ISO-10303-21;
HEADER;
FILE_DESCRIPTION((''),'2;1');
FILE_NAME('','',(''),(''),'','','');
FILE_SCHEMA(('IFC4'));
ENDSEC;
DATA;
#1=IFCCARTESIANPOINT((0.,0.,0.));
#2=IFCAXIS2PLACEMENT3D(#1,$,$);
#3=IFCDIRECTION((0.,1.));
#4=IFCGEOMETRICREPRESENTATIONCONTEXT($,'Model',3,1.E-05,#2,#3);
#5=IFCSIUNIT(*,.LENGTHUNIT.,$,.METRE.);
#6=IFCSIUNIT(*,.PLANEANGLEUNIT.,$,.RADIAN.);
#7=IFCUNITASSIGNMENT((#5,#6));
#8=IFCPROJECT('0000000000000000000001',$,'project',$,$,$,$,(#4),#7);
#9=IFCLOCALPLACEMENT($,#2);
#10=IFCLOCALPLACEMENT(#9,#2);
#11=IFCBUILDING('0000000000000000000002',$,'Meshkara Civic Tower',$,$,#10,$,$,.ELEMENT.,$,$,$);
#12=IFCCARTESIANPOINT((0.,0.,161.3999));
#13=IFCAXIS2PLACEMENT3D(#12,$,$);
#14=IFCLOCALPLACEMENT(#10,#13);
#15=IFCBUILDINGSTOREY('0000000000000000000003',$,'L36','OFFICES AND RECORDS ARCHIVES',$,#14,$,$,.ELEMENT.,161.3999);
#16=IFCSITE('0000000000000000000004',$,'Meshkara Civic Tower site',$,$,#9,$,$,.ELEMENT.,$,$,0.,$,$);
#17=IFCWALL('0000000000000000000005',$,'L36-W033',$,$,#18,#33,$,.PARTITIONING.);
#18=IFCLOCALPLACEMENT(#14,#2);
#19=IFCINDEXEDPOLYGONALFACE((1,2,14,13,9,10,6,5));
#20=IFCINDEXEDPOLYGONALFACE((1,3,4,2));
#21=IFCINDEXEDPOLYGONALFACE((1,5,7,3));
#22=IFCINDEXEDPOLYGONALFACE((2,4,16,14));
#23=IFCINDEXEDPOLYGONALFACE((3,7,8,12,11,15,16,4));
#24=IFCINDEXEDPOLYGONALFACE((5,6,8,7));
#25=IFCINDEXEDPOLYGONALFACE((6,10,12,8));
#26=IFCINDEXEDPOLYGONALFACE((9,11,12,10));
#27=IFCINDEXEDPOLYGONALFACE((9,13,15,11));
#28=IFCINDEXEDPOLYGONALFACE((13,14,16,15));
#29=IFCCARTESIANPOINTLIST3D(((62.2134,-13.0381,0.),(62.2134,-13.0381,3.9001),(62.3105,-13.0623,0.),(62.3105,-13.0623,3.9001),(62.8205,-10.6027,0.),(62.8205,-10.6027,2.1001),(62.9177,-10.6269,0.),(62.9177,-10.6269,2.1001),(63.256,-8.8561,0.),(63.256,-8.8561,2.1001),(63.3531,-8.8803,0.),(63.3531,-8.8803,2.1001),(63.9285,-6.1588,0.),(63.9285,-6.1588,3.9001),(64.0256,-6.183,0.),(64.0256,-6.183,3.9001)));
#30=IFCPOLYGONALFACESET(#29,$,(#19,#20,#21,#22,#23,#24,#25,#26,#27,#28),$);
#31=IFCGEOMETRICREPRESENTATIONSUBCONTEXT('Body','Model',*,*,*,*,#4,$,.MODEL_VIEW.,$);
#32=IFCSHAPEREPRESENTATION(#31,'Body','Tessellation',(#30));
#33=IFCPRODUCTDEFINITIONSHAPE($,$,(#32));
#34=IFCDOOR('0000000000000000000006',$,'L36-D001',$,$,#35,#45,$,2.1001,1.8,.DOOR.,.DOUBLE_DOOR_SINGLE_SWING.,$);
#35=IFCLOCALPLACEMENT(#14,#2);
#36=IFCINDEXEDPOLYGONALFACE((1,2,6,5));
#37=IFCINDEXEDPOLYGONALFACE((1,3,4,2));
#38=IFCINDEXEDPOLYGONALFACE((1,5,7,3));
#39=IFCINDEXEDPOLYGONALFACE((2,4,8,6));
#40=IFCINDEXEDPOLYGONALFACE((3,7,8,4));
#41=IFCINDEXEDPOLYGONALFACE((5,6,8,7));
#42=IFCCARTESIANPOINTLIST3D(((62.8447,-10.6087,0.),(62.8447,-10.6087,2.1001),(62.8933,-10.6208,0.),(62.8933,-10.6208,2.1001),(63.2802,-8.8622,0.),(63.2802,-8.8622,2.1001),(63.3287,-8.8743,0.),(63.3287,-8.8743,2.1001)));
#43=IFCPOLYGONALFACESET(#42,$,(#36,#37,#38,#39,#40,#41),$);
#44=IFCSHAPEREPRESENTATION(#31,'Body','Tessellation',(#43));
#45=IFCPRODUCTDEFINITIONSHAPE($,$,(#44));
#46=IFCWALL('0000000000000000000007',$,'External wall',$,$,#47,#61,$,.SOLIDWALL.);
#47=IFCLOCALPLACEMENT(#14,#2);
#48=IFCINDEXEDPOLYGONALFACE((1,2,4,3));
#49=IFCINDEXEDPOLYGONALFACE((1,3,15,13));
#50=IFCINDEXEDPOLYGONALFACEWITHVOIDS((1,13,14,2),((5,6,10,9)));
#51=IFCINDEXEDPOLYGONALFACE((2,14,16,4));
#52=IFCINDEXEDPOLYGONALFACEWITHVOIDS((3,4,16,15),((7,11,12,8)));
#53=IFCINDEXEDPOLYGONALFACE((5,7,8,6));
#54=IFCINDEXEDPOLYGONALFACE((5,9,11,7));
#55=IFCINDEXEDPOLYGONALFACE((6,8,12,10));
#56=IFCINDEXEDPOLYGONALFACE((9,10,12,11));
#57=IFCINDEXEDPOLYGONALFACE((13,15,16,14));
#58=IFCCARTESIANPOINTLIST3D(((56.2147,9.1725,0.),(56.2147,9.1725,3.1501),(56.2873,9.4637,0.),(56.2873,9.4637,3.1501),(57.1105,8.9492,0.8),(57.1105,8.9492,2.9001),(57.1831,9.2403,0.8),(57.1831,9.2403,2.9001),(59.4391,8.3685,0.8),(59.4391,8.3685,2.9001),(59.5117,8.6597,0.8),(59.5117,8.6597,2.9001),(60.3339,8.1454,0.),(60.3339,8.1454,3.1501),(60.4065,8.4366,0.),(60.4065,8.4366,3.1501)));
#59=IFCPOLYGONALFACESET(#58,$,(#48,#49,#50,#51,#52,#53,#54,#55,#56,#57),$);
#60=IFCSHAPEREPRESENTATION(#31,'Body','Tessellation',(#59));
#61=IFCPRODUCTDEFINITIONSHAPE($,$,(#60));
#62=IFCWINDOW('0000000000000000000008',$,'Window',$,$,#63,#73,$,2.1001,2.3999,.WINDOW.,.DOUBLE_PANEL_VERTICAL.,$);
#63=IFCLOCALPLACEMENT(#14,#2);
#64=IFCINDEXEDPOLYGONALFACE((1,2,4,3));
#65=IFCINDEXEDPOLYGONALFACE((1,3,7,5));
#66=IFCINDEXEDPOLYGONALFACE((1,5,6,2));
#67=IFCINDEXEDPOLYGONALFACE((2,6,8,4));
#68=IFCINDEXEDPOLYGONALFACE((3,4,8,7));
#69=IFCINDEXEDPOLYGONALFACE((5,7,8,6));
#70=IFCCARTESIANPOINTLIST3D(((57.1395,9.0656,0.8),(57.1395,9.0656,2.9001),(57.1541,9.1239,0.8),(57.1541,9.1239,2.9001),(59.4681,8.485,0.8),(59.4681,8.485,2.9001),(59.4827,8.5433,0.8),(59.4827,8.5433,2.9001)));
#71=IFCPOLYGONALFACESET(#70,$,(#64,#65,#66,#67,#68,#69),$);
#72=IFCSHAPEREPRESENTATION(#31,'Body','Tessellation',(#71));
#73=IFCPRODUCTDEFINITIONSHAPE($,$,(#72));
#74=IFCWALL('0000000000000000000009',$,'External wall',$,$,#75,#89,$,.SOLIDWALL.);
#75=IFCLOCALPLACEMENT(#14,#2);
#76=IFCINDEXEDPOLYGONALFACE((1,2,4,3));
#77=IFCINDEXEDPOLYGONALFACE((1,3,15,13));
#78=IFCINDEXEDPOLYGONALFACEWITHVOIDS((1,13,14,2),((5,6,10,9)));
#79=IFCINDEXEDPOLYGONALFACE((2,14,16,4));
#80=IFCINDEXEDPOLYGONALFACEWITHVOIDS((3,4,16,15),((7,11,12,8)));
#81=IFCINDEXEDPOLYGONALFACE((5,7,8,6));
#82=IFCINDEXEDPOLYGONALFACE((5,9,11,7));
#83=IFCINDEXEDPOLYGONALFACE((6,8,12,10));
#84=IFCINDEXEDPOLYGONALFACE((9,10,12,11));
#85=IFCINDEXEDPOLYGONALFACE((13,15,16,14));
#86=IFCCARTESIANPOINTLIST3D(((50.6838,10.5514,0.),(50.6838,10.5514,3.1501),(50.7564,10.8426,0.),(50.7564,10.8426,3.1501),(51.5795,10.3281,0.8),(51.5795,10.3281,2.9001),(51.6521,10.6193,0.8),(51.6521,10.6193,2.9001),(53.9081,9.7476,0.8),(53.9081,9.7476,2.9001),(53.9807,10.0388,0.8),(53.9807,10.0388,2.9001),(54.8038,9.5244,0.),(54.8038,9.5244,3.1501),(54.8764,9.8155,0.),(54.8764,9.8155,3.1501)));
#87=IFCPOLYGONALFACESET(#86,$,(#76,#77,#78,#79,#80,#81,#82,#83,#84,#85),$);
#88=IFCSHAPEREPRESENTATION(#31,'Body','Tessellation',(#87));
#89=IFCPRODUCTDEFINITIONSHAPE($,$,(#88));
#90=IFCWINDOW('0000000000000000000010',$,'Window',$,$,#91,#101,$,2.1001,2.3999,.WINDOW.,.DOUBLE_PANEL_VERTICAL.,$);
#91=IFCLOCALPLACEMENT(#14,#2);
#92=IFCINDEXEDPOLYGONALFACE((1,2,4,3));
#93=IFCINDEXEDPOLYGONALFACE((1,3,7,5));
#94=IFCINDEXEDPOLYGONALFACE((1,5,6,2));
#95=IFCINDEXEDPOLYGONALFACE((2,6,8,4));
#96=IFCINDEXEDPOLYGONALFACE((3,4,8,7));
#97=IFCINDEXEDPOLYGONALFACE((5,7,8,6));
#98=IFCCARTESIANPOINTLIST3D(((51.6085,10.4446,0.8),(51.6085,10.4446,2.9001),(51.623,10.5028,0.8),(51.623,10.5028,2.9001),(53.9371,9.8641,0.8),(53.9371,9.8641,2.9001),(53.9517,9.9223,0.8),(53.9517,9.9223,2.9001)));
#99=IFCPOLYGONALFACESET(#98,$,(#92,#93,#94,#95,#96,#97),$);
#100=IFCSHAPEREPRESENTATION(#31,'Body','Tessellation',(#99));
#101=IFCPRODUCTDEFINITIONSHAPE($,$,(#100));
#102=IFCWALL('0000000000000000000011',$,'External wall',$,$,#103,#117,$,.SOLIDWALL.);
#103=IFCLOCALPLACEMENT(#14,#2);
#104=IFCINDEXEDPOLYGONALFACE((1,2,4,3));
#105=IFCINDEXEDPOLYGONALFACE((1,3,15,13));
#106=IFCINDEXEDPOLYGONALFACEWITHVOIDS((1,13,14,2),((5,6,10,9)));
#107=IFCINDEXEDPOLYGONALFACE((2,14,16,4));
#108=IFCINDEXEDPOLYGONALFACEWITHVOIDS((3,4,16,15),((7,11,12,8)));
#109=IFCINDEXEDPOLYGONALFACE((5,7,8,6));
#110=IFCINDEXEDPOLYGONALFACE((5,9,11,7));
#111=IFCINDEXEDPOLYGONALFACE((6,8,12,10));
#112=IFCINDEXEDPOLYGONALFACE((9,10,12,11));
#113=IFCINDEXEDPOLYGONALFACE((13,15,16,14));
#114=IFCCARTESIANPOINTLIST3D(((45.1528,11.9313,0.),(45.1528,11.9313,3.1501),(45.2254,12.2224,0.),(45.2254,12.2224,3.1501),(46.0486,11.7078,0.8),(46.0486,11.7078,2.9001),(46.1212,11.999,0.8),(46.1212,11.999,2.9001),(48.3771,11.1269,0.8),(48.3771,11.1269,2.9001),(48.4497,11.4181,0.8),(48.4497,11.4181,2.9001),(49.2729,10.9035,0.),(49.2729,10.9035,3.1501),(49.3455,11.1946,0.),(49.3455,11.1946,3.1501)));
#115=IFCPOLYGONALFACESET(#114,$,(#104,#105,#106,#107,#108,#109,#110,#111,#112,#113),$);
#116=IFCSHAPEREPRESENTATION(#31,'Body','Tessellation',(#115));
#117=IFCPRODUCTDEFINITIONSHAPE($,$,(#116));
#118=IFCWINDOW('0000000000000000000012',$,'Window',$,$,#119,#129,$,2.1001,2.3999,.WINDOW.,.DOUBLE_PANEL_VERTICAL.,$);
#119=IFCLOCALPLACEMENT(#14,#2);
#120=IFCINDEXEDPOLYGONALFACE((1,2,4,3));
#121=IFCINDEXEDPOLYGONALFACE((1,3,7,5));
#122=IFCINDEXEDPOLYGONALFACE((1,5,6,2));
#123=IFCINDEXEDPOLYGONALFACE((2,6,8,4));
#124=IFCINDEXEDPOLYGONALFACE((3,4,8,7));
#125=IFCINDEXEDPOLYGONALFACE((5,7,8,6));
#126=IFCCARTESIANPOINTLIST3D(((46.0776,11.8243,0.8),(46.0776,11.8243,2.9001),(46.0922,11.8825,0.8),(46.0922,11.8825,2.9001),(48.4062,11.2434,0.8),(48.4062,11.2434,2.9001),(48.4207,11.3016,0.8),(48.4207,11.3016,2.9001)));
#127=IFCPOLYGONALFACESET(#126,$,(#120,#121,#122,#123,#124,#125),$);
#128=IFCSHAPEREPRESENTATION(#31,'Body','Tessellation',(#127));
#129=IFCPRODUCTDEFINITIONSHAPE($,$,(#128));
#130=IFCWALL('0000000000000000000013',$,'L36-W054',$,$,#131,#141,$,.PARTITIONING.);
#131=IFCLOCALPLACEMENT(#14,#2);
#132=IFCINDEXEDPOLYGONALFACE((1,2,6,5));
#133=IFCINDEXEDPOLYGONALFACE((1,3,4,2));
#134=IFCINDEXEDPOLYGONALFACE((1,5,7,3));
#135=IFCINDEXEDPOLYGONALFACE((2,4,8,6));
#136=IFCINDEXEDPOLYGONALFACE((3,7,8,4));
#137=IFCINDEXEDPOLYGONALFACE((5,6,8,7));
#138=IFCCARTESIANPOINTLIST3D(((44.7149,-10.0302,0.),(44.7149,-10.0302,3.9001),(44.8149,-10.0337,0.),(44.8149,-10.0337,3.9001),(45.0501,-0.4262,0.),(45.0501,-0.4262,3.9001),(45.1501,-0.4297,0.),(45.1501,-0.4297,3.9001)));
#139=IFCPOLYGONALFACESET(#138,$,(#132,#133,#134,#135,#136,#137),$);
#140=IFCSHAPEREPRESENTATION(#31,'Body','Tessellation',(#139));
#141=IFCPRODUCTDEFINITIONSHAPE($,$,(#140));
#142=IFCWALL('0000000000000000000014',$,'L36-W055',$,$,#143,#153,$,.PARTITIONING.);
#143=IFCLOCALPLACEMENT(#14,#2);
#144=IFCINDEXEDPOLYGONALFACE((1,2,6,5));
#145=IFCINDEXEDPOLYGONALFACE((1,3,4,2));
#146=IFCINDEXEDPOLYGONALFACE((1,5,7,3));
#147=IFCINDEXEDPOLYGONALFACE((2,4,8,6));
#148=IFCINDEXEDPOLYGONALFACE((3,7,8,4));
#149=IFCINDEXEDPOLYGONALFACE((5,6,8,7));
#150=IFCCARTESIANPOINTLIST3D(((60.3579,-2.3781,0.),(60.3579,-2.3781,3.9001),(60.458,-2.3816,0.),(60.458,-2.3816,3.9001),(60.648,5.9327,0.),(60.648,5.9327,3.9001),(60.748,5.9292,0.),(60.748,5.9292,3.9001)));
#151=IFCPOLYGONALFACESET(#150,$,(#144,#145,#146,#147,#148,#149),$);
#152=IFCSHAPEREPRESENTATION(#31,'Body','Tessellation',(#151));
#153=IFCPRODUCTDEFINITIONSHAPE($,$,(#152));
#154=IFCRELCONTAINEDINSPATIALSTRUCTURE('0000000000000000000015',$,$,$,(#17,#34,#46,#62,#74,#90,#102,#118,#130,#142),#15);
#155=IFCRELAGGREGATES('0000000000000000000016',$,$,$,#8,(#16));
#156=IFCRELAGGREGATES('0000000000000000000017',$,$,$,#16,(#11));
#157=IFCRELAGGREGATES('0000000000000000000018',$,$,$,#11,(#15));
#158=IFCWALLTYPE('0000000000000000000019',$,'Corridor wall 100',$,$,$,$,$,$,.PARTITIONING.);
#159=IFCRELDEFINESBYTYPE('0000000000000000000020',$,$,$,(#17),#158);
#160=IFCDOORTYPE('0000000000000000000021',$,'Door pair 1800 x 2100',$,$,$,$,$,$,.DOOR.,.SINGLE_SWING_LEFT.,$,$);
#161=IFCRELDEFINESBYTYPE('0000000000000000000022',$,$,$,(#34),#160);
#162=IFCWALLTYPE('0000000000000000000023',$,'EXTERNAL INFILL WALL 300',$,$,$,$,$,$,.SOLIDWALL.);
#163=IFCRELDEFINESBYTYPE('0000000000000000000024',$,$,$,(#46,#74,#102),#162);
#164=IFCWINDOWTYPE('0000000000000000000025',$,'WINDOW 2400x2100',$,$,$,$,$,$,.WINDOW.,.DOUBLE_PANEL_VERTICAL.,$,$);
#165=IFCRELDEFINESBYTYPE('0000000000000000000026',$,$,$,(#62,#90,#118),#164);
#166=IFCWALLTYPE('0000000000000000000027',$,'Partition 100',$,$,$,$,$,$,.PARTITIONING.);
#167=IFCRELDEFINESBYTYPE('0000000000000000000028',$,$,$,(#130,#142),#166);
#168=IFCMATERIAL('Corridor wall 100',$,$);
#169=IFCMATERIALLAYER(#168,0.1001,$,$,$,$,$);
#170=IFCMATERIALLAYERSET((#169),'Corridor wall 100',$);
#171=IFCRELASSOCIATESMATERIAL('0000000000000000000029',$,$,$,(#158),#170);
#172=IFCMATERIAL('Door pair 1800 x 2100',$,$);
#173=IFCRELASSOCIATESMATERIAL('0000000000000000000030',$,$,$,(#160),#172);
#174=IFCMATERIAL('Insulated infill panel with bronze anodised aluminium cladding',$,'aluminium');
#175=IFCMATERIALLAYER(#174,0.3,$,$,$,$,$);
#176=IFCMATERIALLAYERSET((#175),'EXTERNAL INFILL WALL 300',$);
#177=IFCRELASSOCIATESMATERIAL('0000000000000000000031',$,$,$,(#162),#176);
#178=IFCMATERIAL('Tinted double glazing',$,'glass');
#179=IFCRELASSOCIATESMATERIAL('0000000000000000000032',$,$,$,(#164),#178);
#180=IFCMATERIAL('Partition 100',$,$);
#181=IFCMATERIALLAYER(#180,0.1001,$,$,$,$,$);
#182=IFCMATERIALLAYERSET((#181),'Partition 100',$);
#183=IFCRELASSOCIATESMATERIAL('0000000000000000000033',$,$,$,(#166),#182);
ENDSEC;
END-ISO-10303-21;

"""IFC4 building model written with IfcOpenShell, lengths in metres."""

from ifc_helpers import new_model, si_unit, direction, frame, frame_2d, origin, place, context, subcontext, project, spatial, rectangle, extrude, material, layer, layer_set, type_object, element, fill, save


model = new_model("IFC4")

# Units and contexts
model_context = context("Model", 3, precision=1e-05, world=origin(), true_north=direction((0.0, 1.0)))
body_context = subcontext(model_context, "Body", "Model", "MODEL_VIEW")
ifc_project = project(units=[si_unit("LENGTHUNIT", "METRE"), si_unit("PLANEANGLEUNIT", "RADIAN")], contexts=[model_context])

# Site, building, storey
site_placement = place(None, origin())
site = spatial("IfcSite", under=ifc_project, at=site_placement, Name="Meshkara Civic Tower site", CompositionType="ELEMENT", RefElevation=0.0)
building_placement = place(site_placement, origin())
building = spatial("IfcBuilding", under=site, at=building_placement, Name="Meshkara Civic Tower", CompositionType="ELEMENT")
storey_placement = place(building_placement, frame((0.0, 0.0, 161.3999)))
storey = spatial("IfcBuildingStorey", under=building, at=storey_placement, Name="L36", Description="OFFICES AND RECORDS ARCHIVES", CompositionType="ELEMENT", Elevation=161.3999)

# Wall, opening, door
ifc_material_1 = material(Name="Corridor wall 100")
ifc_layer_1 = layer(ifc_material_1, 0.1001)
ifc_layer_set_1 = layer_set([ifc_layer_1], Name="Corridor wall 100")
wall_type_1 = type_object("IfcWallType", Name="Corridor wall 100", PredefinedType="PARTITIONING", material=ifc_layer_set_1)
wall_1_placement = place(storey_placement, frame((63.9771, -6.1709, 0.0), z_axis=(0.0, 0.0, 1.0), x_axis=(-0.241912, -0.970298, 0.0)))
wall_1 = element("IfcWall", 1, at=wall_1_placement, inside=storey, type_object=wall_type_1, Name="L36-W033", PredefinedType="PARTITIONING", context=body_context, shape_type="SweptSolid", body=[
    extrude(rectangle(XDim=7.0898, YDim=0.1001, at=frame_2d((3.5449, 0.0))), origin(), (0.0, 0.0, 1.0), 3.9001),
])
opening_1_placement = place(wall_1_placement, frame((2.78, 0.0, 0.0)))
opening_1 = element("IfcOpeningElement", 2, at=opening_1_placement, cuts=wall_1, PredefinedType="OPENING", context=body_context, shape_type="SweptSolid", body=[
    extrude(rectangle(XDim=1.8, YDim=2.1001, at=frame_2d((0.8999, 1.05))), frame((0.0, 0.0601, 0.0), z_axis=(0.0, -1.0, 0.0), x_axis=(1.0, 0.0, 0.0)), (0.0, 0.0, 1.0), 0.1201),
])
ifc_material_2 = material(Name="Door pair 1800 x 2100")
door_type_1 = type_object("IfcDoorType", Name="Door pair 1800 x 2100", OperationType="SINGLE_SWING_LEFT", PredefinedType="DOOR", material=ifc_material_2)
door_1_placement = place(opening_1_placement, origin())
door_1 = element("IfcDoor", 3, at=door_1_placement, inside=storey, type_object=door_type_1, Name="L36-D001", OperationType="DOUBLE_DOOR_SINGLE_SWING", OverallHeight=2.1001, OverallWidth=1.8, PredefinedType="DOOR", context=body_context, shape_type="SweptSolid", body=[
    extrude(rectangle(XDim=1.8, YDim=2.1001, at=frame_2d((0.8999, 1.05))), frame((0.0, 0.0249, 0.0), z_axis=(0.0, -1.0, 0.0), x_axis=(1.0, 0.0, 0.0)), (0.0, 0.0, 1.0), 0.05),
])
fill(opening_1, door_1)

# Walls, openings, windows
ifc_material_3 = material(Name="Insulated infill panel with bronze anodised aluminium cladding", Category="aluminium")
ifc_layer_2 = layer(ifc_material_3, 0.3)
ifc_layer_set_2 = layer_set([ifc_layer_2], Name="EXTERNAL INFILL WALL 300")
wall_type_2 = type_object("IfcWallType", Name="EXTERNAL INFILL WALL 300", PredefinedType="SOLIDWALL", material=ifc_layer_set_2)
wall_2_placement = place(storey_placement, frame((60.3701, 8.291, 0.0), z_axis=(0.0, 0.0, 1.0), x_axis=(-0.970291, 0.24194, 0.0)))
wall_2 = element("IfcWall", 4, at=wall_2_placement, inside=storey, type_object=wall_type_2, Name="External wall", PredefinedType="SOLIDWALL", context=body_context, shape_type="SweptSolid", body=[
    extrude(rectangle(XDim=4.2454, YDim=0.3, at=frame_2d((2.1226, 0.0))), origin(), (0.0, 0.0, 1.0), 3.1501),
])
opening_2_placement = place(wall_2_placement, frame((0.9221, 0.0, 0.8)))
opening_2 = element("IfcOpeningElement", 5, at=opening_2_placement, cuts=wall_2, PredefinedType="OPENING", context=body_context, shape_type="SweptSolid", body=[
    extrude(rectangle(XDim=2.3999, YDim=2.1001, at=frame_2d((1.2, 1.05))), frame((0.0, 0.1599, 0.0), z_axis=(0.0, -1.0, 0.0), x_axis=(1.0, 0.0, 0.0)), (0.0, 0.0, 1.0), 0.3201),
])
ifc_material_4 = material(Name="Tinted double glazing", Category="glass")
window_type = type_object("IfcWindowType", Name="WINDOW 2400x2100", PartitioningType="DOUBLE_PANEL_VERTICAL", PredefinedType="WINDOW", material=ifc_material_4)
window_1_placement = place(opening_2_placement, origin())
window_1 = element("IfcWindow", 6, at=window_1_placement, inside=storey, type_object=window_type, Name="Window", OverallHeight=2.1001, OverallWidth=2.3999, PartitioningType="DOUBLE_PANEL_VERTICAL", PredefinedType="WINDOW", context=body_context, shape_type="SweptSolid", body=[
    extrude(rectangle(XDim=2.3999, YDim=2.1001, at=frame_2d((1.2, 1.05))), frame((0.0, 0.03, 0.0), z_axis=(0.0, -1.0, 0.0), x_axis=(1.0, 0.0, 0.0)), (0.0, 0.0, 1.0), 0.0601),
])
fill(opening_2, window_1)
wall_3_placement = place(storey_placement, frame((54.8401, 9.6699, 0.0), z_axis=(0.0, 0.0, 1.0), x_axis=(-0.970305, 0.241886, 0.0)))
wall_3 = element("IfcWall", 7, at=wall_3_placement, inside=storey, type_object=wall_type_2, Name="External wall", PredefinedType="SOLIDWALL", context=body_context, shape_type="SweptSolid", body=[
    extrude(rectangle(XDim=4.2461, YDim=0.3, at=frame_2d((2.123, 0.0))), origin(), (0.0, 0.0, 1.0), 3.1501),
])
opening_3_placement = place(wall_3_placement, frame((0.9231, 0.0, 0.8)))
opening_3 = element("IfcOpeningElement", 8, at=opening_3_placement, cuts=wall_3, PredefinedType="OPENING", context=body_context, shape_type="SweptSolid", body=[
    extrude(rectangle(XDim=2.3999, YDim=2.1001, at=frame_2d((1.2, 1.05))), frame((0.0, 0.1599, 0.0), z_axis=(0.0, -1.0, 0.0), x_axis=(1.0, 0.0, 0.0)), (0.0, 0.0, 1.0), 0.3201),
])
window_2_placement = place(opening_3_placement, origin())
window_2 = element("IfcWindow", 9, at=window_2_placement, inside=storey, type_object=window_type, Name="Window", OverallHeight=2.1001, OverallWidth=2.3999, PartitioningType="DOUBLE_PANEL_VERTICAL", PredefinedType="WINDOW", context=body_context, shape_type="SweptSolid", body=[
    extrude(rectangle(XDim=2.3999, YDim=2.1001, at=frame_2d((1.2, 1.05))), frame((0.0, 0.03, 0.0), z_axis=(0.0, -1.0, 0.0), x_axis=(1.0, 0.0, 0.0)), (0.0, 0.0, 1.0), 0.0601),
])
fill(opening_3, window_2)
wall_4_placement = place(storey_placement, frame((49.3091, 11.0491, 0.0), z_axis=(0.0, 0.0, 1.0), x_axis=(-0.970264, 0.242049, 0.0)))
wall_4 = element("IfcWall", 10, at=wall_4_placement, inside=storey, type_object=wall_type_2, Name="External wall", PredefinedType="SOLIDWALL", context=body_context, shape_type="SweptSolid", body=[
    extrude(rectangle(XDim=4.2463, YDim=0.3, at=frame_2d((2.123, 0.0))), origin(), (0.0, 0.0, 1.0), 3.1501),
])
opening_4_placement = place(wall_4_placement, frame((0.9231, 0.0, 0.8)))
opening_4 = element("IfcOpeningElement", 11, at=opening_4_placement, cuts=wall_4, PredefinedType="OPENING", context=body_context, shape_type="SweptSolid", body=[
    extrude(rectangle(XDim=2.3999, YDim=2.1001, at=frame_2d((1.2, 1.05))), frame((0.0, 0.1599, 0.0), z_axis=(0.0, -1.0, 0.0), x_axis=(1.0, 0.0, 0.0)), (0.0, 0.0, 1.0), 0.3201),
])
window_3_placement = place(opening_4_placement, origin())
window_3 = element("IfcWindow", 12, at=window_3_placement, inside=storey, type_object=window_type, Name="Window", OverallHeight=2.1001, OverallWidth=2.3999, PartitioningType="DOUBLE_PANEL_VERTICAL", PredefinedType="WINDOW", context=body_context, shape_type="SweptSolid", body=[
    extrude(rectangle(XDim=2.3999, YDim=2.1001, at=frame_2d((1.2, 1.05))), frame((0.0, 0.03, 0.0), z_axis=(0.0, -1.0, 0.0), x_axis=(1.0, 0.0, 0.0)), (0.0, 0.0, 1.0), 0.0601),
])
fill(opening_4, window_3)

# Walls
ifc_material_5 = material(Name="Partition 100")
ifc_layer_3 = layer(ifc_material_5, 0.1001)
ifc_layer_set_3 = layer_set([ifc_layer_3], Name="Partition 100")
wall_type_3 = type_object("IfcWallType", Name="Partition 100", PredefinedType="PARTITIONING", material=ifc_layer_set_3)
wall_5_placement = place(storey_placement, frame((44.7649, -10.032, 0.0), z_axis=(0.0, 0.0, 1.0), x_axis=(0.034881, 0.999391, 0.0)))
element("IfcWall", 13, at=wall_5_placement, inside=storey, type_object=wall_type_3, Name="L36-W054", PredefinedType="PARTITIONING", context=body_context, shape_type="SweptSolid", body=[
    extrude(rectangle(XDim=9.6099, YDim=0.1001, at=frame_2d((4.8049, 0.0))), origin(), (0.0, 0.0, 1.0), 3.9001),
])
wall_6_placement = place(storey_placement, frame((60.408, -2.3799, 0.0), z_axis=(0.0, 0.0, 1.0), x_axis=(0.034878, 0.999392, 0.0)))
element("IfcWall", 14, at=wall_6_placement, inside=storey, type_object=wall_type_3, Name="L36-W055", PredefinedType="PARTITIONING", context=body_context, shape_type="SweptSolid", body=[
    extrude(rectangle(XDim=8.3159, YDim=0.1001, at=frame_2d((4.158, 0.0))), origin(), (0.0, 0.0, 1.0), 3.9001),
])

save(model, "model.ifc")
